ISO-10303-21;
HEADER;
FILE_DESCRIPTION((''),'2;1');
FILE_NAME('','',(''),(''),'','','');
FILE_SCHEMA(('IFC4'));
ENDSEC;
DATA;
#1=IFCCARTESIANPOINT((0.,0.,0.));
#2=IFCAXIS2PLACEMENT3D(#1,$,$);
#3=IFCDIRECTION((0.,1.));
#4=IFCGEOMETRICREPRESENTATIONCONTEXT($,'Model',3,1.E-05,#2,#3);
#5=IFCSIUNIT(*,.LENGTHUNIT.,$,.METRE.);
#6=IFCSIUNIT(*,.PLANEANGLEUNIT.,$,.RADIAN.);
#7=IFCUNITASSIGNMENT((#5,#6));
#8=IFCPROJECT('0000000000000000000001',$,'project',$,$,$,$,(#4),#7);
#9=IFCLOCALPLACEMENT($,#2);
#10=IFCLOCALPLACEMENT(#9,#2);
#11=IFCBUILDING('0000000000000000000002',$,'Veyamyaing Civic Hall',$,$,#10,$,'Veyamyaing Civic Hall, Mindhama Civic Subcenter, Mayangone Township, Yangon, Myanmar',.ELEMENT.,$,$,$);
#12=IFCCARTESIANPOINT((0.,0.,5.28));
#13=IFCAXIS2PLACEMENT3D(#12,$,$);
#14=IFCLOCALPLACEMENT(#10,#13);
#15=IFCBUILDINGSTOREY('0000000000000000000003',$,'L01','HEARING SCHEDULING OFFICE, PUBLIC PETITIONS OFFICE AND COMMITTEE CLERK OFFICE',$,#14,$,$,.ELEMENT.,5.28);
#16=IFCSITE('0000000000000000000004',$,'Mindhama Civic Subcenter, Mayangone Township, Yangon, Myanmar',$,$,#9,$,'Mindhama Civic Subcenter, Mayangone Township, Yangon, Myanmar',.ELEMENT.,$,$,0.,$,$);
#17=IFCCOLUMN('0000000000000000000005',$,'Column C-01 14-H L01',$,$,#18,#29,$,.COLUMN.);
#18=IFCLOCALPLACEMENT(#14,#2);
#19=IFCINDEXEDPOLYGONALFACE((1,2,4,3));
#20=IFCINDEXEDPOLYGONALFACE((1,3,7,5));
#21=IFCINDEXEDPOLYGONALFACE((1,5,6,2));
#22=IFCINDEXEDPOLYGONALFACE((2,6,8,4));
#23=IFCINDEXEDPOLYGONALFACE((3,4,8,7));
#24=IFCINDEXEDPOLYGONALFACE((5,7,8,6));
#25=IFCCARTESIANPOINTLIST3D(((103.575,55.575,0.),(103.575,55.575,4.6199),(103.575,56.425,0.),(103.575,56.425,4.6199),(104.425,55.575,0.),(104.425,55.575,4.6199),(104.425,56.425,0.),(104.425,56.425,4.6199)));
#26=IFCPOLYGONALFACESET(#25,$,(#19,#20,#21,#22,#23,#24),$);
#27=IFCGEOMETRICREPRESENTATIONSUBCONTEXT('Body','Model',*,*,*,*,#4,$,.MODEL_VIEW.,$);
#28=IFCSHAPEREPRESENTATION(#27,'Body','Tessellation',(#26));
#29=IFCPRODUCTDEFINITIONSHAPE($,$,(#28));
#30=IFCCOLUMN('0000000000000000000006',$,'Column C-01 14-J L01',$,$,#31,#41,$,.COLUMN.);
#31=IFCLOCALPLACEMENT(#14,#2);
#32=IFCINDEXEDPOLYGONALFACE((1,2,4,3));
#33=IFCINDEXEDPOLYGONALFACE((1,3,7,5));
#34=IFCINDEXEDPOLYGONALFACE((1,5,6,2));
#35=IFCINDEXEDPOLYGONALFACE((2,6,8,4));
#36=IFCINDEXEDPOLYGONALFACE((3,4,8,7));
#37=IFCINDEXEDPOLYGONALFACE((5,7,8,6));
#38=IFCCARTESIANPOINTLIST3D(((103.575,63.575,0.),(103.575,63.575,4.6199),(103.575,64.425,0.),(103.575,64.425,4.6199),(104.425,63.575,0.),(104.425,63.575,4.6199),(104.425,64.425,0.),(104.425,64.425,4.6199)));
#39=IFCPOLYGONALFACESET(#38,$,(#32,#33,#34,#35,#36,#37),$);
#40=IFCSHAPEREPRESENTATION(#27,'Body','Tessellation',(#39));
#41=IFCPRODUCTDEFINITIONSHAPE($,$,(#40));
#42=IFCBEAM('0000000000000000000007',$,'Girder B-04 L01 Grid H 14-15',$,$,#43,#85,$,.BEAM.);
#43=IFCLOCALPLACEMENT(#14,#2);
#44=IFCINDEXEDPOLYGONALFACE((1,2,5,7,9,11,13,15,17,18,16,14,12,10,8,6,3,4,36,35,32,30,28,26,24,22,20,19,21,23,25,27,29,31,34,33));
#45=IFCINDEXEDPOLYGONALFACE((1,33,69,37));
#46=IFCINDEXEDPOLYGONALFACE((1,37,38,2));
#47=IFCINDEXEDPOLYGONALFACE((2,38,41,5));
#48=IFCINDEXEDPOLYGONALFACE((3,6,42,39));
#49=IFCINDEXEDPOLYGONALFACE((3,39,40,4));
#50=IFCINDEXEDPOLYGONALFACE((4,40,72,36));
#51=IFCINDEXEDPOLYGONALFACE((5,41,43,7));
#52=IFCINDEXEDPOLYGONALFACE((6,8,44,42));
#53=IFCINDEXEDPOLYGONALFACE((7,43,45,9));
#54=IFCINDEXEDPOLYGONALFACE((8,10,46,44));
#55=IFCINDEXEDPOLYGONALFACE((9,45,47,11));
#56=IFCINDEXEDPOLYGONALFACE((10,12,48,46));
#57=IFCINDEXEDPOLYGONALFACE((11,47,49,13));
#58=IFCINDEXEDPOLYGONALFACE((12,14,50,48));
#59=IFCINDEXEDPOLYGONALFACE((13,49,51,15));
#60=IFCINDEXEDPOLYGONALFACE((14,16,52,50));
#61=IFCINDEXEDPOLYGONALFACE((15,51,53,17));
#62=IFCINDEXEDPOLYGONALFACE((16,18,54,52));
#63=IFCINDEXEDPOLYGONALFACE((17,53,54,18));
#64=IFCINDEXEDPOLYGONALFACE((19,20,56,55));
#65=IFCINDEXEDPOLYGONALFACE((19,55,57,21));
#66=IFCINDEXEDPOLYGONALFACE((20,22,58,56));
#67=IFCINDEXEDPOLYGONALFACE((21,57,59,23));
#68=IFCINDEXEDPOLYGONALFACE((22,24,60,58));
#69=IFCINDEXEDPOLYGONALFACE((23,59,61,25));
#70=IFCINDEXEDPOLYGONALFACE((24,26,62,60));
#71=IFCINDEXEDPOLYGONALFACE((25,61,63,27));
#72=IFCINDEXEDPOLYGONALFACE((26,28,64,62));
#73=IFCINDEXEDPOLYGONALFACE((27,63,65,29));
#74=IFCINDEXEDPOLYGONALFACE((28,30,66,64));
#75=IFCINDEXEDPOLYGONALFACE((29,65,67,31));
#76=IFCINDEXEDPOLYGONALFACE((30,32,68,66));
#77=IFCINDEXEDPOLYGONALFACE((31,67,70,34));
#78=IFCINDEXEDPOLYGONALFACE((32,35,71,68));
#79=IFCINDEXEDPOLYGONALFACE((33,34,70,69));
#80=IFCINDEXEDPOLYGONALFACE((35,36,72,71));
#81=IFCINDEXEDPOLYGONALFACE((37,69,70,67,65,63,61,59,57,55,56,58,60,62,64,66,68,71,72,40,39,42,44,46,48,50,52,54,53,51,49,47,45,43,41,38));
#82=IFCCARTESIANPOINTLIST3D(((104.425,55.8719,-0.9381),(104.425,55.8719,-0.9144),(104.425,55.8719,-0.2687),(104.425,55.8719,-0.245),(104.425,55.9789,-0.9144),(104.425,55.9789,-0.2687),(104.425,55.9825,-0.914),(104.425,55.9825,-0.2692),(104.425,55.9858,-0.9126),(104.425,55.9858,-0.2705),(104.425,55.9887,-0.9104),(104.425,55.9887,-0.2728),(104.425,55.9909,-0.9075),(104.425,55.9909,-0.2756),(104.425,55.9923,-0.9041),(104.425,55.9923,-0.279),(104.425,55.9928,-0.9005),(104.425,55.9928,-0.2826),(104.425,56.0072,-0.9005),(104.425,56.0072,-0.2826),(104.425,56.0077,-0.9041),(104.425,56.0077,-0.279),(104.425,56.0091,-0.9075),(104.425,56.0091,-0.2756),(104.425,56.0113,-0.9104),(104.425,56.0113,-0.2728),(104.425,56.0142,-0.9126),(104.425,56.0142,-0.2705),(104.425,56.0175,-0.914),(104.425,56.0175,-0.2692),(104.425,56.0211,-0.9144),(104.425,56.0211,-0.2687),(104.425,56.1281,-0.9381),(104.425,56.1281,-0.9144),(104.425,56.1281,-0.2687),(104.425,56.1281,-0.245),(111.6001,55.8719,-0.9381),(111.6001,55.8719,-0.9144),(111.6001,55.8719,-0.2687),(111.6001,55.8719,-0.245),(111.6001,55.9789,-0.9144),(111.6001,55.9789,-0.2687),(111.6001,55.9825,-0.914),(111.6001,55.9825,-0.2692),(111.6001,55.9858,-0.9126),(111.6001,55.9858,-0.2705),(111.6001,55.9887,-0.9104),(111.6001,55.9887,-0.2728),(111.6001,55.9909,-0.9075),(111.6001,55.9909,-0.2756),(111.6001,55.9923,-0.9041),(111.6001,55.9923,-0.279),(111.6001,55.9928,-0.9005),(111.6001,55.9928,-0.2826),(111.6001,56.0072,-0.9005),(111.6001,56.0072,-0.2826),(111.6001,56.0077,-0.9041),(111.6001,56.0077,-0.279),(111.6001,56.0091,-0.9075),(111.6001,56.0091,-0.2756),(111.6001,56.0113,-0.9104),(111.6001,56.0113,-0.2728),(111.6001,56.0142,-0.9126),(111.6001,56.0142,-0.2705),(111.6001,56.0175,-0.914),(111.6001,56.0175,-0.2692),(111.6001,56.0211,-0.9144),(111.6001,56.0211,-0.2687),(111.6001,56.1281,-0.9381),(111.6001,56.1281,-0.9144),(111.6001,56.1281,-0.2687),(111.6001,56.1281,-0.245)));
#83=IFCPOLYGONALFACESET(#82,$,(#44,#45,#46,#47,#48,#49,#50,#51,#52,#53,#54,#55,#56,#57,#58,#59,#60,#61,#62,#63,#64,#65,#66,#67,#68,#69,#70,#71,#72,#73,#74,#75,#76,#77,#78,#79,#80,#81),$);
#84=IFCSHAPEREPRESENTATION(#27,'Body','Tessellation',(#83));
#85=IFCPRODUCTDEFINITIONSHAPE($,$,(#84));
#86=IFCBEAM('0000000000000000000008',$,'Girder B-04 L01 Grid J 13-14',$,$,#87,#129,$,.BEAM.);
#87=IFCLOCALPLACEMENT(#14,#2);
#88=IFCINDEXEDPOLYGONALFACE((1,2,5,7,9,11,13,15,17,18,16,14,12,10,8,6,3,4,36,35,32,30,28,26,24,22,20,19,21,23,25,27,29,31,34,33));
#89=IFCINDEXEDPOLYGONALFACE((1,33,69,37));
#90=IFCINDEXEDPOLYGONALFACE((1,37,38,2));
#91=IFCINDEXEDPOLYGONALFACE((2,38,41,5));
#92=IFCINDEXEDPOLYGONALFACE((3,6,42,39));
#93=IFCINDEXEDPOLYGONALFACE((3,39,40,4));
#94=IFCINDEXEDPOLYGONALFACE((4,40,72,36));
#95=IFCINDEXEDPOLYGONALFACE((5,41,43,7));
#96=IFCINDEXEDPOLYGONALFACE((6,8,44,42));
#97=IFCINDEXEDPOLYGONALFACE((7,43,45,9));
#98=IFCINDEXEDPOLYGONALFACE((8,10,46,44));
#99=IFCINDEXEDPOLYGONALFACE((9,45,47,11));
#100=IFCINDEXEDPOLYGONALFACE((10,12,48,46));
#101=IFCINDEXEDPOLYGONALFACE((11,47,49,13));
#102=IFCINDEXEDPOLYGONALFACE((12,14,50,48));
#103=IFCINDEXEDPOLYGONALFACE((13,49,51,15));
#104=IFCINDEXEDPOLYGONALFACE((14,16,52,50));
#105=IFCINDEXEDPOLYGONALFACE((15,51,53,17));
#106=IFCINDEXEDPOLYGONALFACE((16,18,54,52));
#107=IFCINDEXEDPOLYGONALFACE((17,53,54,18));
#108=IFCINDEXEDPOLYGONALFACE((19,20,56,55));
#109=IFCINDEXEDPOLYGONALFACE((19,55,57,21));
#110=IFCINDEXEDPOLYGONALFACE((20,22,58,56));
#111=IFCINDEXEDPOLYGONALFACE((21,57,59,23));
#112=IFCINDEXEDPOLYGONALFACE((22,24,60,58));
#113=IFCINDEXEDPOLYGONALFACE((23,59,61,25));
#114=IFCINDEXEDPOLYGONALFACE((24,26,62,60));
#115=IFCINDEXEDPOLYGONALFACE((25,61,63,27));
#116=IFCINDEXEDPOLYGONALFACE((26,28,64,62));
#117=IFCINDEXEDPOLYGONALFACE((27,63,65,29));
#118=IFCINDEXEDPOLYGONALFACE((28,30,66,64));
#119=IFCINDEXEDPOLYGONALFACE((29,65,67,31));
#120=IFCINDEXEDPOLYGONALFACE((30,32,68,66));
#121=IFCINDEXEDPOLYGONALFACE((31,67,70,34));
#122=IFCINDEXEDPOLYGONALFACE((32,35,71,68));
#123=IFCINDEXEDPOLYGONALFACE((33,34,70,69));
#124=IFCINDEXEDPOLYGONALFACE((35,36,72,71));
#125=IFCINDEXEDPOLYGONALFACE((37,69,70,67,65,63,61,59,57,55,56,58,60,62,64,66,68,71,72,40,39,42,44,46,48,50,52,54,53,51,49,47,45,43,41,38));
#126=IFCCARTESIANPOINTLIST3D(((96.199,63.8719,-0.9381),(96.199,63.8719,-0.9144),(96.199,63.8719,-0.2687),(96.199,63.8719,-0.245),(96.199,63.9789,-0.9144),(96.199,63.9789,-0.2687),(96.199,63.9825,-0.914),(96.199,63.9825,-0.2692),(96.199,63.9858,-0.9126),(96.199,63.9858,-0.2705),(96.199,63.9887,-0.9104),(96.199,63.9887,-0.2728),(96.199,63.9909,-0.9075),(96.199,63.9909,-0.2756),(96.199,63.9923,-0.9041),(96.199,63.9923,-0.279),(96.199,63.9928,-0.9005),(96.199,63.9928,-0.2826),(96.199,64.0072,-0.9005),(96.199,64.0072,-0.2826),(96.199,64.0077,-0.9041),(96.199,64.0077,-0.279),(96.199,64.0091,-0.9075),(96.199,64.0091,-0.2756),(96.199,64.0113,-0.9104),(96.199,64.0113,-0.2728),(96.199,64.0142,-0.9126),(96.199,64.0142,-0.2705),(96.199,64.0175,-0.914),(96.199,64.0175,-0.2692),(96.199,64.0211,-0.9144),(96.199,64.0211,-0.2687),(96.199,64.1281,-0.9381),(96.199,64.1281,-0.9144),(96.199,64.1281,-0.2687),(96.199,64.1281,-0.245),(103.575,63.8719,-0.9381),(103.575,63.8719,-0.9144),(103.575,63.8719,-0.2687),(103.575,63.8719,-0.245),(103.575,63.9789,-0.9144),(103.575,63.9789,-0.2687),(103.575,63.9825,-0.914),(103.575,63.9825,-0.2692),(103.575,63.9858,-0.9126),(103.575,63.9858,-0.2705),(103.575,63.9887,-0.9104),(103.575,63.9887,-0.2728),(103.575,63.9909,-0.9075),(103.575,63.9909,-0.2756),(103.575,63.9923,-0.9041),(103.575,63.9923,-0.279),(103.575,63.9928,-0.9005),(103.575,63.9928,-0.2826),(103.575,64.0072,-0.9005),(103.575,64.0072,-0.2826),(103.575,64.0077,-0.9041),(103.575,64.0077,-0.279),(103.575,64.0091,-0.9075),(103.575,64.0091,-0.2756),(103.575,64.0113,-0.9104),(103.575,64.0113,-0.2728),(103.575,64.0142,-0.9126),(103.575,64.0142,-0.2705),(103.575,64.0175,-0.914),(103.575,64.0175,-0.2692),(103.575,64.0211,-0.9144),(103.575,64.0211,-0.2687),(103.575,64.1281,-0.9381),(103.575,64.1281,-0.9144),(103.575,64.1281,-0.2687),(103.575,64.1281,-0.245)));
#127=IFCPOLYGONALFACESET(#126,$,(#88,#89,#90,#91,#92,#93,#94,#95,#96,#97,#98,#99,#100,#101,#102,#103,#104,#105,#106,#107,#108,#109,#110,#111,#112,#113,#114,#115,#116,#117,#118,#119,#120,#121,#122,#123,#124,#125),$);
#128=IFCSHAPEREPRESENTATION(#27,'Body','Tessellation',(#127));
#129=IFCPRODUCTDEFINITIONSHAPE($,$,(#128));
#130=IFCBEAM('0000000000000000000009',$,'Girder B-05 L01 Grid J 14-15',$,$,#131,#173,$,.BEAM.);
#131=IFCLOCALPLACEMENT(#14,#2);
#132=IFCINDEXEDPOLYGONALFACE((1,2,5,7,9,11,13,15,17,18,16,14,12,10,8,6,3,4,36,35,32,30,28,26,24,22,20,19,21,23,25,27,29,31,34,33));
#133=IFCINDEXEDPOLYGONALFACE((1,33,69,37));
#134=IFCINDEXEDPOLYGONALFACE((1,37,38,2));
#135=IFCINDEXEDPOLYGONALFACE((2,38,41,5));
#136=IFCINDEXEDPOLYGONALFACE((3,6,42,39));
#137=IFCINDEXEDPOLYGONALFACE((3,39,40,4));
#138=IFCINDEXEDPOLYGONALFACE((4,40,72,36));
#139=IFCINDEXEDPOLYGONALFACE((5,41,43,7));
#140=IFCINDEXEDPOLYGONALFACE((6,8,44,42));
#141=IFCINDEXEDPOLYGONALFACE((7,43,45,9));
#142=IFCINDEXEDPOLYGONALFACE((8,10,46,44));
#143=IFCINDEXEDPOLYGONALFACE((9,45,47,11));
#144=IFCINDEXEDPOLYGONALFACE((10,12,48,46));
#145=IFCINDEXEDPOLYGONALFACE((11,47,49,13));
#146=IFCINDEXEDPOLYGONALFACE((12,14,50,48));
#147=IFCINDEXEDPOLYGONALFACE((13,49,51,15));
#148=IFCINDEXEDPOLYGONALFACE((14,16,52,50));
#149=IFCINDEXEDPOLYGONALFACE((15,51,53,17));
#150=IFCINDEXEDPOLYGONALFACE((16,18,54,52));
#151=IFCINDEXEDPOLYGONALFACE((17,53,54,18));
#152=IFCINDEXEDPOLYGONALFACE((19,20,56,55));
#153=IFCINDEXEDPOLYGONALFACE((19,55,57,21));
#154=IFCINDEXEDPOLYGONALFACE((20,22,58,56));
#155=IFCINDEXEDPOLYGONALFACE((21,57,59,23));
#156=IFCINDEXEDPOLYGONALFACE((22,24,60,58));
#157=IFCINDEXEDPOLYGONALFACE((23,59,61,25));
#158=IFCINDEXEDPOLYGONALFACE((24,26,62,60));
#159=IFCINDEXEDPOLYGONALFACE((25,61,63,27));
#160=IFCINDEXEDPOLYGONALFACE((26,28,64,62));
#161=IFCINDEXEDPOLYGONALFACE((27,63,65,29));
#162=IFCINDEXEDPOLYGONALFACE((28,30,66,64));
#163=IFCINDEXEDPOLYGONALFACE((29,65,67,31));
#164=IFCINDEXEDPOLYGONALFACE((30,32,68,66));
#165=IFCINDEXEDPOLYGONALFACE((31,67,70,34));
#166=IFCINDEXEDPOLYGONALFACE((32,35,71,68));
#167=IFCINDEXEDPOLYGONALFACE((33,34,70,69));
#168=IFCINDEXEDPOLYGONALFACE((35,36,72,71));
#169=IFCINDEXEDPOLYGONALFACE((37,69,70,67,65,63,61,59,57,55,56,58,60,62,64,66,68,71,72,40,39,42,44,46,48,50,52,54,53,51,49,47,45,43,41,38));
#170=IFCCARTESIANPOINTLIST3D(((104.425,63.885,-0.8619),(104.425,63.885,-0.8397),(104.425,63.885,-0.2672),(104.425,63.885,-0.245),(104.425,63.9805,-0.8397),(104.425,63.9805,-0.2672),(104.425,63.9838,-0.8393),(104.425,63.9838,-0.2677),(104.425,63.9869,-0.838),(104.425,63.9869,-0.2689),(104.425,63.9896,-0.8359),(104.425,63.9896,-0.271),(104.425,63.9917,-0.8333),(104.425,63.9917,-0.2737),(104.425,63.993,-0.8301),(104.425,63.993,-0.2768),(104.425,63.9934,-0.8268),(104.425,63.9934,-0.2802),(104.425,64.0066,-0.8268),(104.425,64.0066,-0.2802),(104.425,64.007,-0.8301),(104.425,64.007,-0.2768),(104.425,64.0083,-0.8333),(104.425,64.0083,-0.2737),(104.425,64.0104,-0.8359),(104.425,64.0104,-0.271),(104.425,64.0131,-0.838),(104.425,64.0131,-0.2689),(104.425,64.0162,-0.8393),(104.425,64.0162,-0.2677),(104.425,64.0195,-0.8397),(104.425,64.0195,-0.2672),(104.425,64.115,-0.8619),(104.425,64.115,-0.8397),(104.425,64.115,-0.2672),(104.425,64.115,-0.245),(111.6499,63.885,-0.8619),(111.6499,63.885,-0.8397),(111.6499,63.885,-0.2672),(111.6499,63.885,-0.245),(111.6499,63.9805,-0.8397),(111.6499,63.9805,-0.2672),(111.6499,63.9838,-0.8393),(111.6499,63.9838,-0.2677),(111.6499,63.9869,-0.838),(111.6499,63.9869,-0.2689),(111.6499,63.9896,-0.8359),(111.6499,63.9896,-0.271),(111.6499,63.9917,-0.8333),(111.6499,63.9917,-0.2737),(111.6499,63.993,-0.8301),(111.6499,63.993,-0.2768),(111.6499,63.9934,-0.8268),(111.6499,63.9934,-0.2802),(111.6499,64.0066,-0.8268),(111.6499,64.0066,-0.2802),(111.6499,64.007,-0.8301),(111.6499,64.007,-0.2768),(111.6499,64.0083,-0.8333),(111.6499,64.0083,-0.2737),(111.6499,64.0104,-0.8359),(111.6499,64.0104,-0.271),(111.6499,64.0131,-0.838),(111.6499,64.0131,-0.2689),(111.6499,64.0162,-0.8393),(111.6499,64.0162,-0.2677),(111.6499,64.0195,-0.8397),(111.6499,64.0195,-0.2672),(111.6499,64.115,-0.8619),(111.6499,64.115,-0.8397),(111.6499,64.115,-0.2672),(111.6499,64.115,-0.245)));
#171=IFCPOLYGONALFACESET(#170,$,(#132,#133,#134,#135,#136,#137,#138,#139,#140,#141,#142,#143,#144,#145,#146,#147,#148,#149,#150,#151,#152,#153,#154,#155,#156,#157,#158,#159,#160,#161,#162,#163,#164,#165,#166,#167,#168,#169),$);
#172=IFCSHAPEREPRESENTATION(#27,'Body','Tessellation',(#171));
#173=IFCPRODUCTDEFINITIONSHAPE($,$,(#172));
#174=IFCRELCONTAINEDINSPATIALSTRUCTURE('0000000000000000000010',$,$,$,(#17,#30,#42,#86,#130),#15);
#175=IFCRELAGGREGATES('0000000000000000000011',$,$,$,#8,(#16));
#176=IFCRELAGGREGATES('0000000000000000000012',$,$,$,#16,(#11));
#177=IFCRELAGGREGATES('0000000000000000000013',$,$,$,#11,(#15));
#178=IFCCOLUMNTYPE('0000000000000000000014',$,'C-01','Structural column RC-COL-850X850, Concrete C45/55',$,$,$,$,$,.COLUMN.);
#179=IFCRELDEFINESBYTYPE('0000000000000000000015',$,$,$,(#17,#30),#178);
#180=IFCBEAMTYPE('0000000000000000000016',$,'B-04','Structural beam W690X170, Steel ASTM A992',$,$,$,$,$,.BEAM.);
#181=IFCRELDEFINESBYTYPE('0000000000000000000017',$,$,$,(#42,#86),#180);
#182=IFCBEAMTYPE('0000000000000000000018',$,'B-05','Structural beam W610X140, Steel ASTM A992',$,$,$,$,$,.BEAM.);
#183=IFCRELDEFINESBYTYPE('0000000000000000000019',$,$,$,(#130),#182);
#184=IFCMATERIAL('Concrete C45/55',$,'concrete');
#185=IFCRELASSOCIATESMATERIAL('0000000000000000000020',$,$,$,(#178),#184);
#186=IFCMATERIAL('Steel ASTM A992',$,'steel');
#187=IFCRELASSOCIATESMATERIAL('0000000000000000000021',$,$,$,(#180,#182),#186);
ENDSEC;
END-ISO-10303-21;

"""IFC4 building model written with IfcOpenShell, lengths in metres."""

from ifc_helpers import new_model, si_unit, direction, frame, origin, origin_2d, place, context, subcontext, project, spatial, rectangle, i_section, extrude, material, material_profile, profile_set, type_object, element, save


model = new_model("IFC4")

# Units and contexts
model_context = context("Model", 3, precision=1e-05, world=origin(), true_north=direction((0.0, 1.0)))
body_context = subcontext(model_context, "Body", "Model", "MODEL_VIEW")
ifc_project = project(units=[si_unit("LENGTHUNIT", "METRE"), si_unit("PLANEANGLEUNIT", "RADIAN")], contexts=[model_context])

# Site, building, storey
site_placement = place(None, origin())
site = spatial("IfcSite", under=ifc_project, at=site_placement, Name="Mindhama Civic Subcenter, Mayangone Township, Yangon, Myanmar", LongName="Mindhama Civic Subcenter, Mayangone Township, Yangon, Myanmar", CompositionType="ELEMENT", RefElevation=0.0)
building_placement = place(site_placement, origin())
building = spatial("IfcBuilding", under=site, at=building_placement, Name="Veyamyaing Civic Hall", LongName="Veyamyaing Civic Hall, Mindhama Civic Subcenter, Mayangone Township, Yangon, Myanmar", CompositionType="ELEMENT")
storey_placement = place(building_placement, frame((0.0, 0.0, 5.28)))
storey = spatial("IfcBuildingStorey", under=building, at=storey_placement, Name="L01", Description="HEARING SCHEDULING OFFICE, PUBLIC PETITIONS OFFICE AND COMMITTEE CLERK OFFICE", CompositionType="ELEMENT", Elevation=5.28)

# Columns
ifc_material_1 = material(Name="Concrete C45/55", Category="concrete")
ifc_material_profile_1 = material_profile(ifc_material_1, rectangle(XDim=0.8501, YDim=0.8501, at=origin_2d()), Name="RC-COL-850X850")
ifc_profile_set_1 = profile_set([ifc_material_profile_1], Name="Concrete C45/55")
column_type = type_object("IfcColumnType", Name="C-01", Description="Structural column RC-COL-850X850, Concrete C45/55", PredefinedType="COLUMN", material=ifc_profile_set_1)
for number, where, z_axis, x_axis, name in (
    (1, (104.0, 56.0, 0.0), (0.0, 0.0, 1.0), (1.0, 0.0, 0.0), "Column C-01 14-H L01"),
    (2, (104.0, 64.0, 0.0), (0.0, 0.0, 1.0), (1.0, 0.0, 0.0), "Column C-01 14-J L01"),
):
    element("IfcColumn", number, at=place(storey_placement, frame(where, z_axis=z_axis, x_axis=x_axis)), inside=storey, type_object=column_type, Name=name, PredefinedType="COLUMN", context=body_context, shape_type="SweptSolid", body=[
        extrude(rectangle(XDim=0.8501, YDim=0.8501, at=origin_2d()), origin(), (0.0, 0.0, 1.0), 4.6199),
    ])

# Beams
ifc_material_2 = material(Name="Steel ASTM A992", Category="steel")
ifc_material_profile_2 = material_profile(ifc_material_2, i_section(OverallWidth=0.2561, OverallDepth=0.6931, WebThickness=0.0144, FlangeThickness=0.0237, FilletRadius=0.0139, at=origin_2d()), Name="W690X170")
ifc_profile_set_2 = profile_set([ifc_material_profile_2], Name="Steel ASTM A992")
beam_type_1 = type_object("IfcBeamType", Name="B-04", Description="Structural beam W690X170, Steel ASTM A992", PredefinedType="BEAM", material=ifc_profile_set_2)
beam_1_placement = place(storey_placement, frame((104.425, 56.0, -0.5916), z_axis=(1.0, 0.0, 0.0), x_axis=(0.0, 1.0, 0.0)))
element("IfcBeam", 3, at=beam_1_placement, inside=storey, type_object=beam_type_1, Name="Girder B-04 L01 Grid H 14-15", PredefinedType="BEAM", context=body_context, shape_type="SweptSolid", body=[
    extrude(i_section(OverallWidth=0.2561, OverallDepth=0.6931, WebThickness=0.0144, FlangeThickness=0.0237, FilletRadius=0.0139, at=origin_2d()), origin(), (0.0, 0.0, 1.0), 7.175),
])
beam_2_placement = place(storey_placement, frame((96.199, 64.0, -0.5916), z_axis=(1.0, 0.0, 0.0), x_axis=(0.0, 1.0, 0.0)))
element("IfcBeam", 4, at=beam_2_placement, inside=storey, type_object=beam_type_1, Name="Girder B-04 L01 Grid J 13-14", PredefinedType="BEAM", context=body_context, shape_type="SweptSolid", body=[
    extrude(i_section(OverallWidth=0.2561, OverallDepth=0.6931, WebThickness=0.0144, FlangeThickness=0.0237, FilletRadius=0.0139, at=origin_2d()), origin(), (0.0, 0.0, 1.0), 7.376),
])
ifc_material_profile_3 = material_profile(ifc_material_2, i_section(OverallWidth=0.23, OverallDepth=0.6169, WebThickness=0.0132, FlangeThickness=0.0222, FilletRadius=0.0129, at=origin_2d()), Name="W610X140")
ifc_profile_set_3 = profile_set([ifc_material_profile_3], Name="Steel ASTM A992")
beam_type_2 = type_object("IfcBeamType", Name="B-05", Description="Structural beam W610X140, Steel ASTM A992", PredefinedType="BEAM", material=ifc_profile_set_3)
beam_3_placement = place(storey_placement, frame((104.425, 64.0, -0.5535), z_axis=(1.0, 0.0, 0.0), x_axis=(0.0, 1.0, 0.0)))
element("IfcBeam", 5, at=beam_3_placement, inside=storey, type_object=beam_type_2, Name="Girder B-05 L01 Grid J 14-15", PredefinedType="BEAM", context=body_context, shape_type="SweptSolid", body=[
    extrude(i_section(OverallWidth=0.23, OverallDepth=0.6169, WebThickness=0.0132, FlangeThickness=0.0222, FilletRadius=0.0129, at=origin_2d()), origin(), (0.0, 0.0, 1.0), 7.2249),
])

save(model, "model.ifc")
